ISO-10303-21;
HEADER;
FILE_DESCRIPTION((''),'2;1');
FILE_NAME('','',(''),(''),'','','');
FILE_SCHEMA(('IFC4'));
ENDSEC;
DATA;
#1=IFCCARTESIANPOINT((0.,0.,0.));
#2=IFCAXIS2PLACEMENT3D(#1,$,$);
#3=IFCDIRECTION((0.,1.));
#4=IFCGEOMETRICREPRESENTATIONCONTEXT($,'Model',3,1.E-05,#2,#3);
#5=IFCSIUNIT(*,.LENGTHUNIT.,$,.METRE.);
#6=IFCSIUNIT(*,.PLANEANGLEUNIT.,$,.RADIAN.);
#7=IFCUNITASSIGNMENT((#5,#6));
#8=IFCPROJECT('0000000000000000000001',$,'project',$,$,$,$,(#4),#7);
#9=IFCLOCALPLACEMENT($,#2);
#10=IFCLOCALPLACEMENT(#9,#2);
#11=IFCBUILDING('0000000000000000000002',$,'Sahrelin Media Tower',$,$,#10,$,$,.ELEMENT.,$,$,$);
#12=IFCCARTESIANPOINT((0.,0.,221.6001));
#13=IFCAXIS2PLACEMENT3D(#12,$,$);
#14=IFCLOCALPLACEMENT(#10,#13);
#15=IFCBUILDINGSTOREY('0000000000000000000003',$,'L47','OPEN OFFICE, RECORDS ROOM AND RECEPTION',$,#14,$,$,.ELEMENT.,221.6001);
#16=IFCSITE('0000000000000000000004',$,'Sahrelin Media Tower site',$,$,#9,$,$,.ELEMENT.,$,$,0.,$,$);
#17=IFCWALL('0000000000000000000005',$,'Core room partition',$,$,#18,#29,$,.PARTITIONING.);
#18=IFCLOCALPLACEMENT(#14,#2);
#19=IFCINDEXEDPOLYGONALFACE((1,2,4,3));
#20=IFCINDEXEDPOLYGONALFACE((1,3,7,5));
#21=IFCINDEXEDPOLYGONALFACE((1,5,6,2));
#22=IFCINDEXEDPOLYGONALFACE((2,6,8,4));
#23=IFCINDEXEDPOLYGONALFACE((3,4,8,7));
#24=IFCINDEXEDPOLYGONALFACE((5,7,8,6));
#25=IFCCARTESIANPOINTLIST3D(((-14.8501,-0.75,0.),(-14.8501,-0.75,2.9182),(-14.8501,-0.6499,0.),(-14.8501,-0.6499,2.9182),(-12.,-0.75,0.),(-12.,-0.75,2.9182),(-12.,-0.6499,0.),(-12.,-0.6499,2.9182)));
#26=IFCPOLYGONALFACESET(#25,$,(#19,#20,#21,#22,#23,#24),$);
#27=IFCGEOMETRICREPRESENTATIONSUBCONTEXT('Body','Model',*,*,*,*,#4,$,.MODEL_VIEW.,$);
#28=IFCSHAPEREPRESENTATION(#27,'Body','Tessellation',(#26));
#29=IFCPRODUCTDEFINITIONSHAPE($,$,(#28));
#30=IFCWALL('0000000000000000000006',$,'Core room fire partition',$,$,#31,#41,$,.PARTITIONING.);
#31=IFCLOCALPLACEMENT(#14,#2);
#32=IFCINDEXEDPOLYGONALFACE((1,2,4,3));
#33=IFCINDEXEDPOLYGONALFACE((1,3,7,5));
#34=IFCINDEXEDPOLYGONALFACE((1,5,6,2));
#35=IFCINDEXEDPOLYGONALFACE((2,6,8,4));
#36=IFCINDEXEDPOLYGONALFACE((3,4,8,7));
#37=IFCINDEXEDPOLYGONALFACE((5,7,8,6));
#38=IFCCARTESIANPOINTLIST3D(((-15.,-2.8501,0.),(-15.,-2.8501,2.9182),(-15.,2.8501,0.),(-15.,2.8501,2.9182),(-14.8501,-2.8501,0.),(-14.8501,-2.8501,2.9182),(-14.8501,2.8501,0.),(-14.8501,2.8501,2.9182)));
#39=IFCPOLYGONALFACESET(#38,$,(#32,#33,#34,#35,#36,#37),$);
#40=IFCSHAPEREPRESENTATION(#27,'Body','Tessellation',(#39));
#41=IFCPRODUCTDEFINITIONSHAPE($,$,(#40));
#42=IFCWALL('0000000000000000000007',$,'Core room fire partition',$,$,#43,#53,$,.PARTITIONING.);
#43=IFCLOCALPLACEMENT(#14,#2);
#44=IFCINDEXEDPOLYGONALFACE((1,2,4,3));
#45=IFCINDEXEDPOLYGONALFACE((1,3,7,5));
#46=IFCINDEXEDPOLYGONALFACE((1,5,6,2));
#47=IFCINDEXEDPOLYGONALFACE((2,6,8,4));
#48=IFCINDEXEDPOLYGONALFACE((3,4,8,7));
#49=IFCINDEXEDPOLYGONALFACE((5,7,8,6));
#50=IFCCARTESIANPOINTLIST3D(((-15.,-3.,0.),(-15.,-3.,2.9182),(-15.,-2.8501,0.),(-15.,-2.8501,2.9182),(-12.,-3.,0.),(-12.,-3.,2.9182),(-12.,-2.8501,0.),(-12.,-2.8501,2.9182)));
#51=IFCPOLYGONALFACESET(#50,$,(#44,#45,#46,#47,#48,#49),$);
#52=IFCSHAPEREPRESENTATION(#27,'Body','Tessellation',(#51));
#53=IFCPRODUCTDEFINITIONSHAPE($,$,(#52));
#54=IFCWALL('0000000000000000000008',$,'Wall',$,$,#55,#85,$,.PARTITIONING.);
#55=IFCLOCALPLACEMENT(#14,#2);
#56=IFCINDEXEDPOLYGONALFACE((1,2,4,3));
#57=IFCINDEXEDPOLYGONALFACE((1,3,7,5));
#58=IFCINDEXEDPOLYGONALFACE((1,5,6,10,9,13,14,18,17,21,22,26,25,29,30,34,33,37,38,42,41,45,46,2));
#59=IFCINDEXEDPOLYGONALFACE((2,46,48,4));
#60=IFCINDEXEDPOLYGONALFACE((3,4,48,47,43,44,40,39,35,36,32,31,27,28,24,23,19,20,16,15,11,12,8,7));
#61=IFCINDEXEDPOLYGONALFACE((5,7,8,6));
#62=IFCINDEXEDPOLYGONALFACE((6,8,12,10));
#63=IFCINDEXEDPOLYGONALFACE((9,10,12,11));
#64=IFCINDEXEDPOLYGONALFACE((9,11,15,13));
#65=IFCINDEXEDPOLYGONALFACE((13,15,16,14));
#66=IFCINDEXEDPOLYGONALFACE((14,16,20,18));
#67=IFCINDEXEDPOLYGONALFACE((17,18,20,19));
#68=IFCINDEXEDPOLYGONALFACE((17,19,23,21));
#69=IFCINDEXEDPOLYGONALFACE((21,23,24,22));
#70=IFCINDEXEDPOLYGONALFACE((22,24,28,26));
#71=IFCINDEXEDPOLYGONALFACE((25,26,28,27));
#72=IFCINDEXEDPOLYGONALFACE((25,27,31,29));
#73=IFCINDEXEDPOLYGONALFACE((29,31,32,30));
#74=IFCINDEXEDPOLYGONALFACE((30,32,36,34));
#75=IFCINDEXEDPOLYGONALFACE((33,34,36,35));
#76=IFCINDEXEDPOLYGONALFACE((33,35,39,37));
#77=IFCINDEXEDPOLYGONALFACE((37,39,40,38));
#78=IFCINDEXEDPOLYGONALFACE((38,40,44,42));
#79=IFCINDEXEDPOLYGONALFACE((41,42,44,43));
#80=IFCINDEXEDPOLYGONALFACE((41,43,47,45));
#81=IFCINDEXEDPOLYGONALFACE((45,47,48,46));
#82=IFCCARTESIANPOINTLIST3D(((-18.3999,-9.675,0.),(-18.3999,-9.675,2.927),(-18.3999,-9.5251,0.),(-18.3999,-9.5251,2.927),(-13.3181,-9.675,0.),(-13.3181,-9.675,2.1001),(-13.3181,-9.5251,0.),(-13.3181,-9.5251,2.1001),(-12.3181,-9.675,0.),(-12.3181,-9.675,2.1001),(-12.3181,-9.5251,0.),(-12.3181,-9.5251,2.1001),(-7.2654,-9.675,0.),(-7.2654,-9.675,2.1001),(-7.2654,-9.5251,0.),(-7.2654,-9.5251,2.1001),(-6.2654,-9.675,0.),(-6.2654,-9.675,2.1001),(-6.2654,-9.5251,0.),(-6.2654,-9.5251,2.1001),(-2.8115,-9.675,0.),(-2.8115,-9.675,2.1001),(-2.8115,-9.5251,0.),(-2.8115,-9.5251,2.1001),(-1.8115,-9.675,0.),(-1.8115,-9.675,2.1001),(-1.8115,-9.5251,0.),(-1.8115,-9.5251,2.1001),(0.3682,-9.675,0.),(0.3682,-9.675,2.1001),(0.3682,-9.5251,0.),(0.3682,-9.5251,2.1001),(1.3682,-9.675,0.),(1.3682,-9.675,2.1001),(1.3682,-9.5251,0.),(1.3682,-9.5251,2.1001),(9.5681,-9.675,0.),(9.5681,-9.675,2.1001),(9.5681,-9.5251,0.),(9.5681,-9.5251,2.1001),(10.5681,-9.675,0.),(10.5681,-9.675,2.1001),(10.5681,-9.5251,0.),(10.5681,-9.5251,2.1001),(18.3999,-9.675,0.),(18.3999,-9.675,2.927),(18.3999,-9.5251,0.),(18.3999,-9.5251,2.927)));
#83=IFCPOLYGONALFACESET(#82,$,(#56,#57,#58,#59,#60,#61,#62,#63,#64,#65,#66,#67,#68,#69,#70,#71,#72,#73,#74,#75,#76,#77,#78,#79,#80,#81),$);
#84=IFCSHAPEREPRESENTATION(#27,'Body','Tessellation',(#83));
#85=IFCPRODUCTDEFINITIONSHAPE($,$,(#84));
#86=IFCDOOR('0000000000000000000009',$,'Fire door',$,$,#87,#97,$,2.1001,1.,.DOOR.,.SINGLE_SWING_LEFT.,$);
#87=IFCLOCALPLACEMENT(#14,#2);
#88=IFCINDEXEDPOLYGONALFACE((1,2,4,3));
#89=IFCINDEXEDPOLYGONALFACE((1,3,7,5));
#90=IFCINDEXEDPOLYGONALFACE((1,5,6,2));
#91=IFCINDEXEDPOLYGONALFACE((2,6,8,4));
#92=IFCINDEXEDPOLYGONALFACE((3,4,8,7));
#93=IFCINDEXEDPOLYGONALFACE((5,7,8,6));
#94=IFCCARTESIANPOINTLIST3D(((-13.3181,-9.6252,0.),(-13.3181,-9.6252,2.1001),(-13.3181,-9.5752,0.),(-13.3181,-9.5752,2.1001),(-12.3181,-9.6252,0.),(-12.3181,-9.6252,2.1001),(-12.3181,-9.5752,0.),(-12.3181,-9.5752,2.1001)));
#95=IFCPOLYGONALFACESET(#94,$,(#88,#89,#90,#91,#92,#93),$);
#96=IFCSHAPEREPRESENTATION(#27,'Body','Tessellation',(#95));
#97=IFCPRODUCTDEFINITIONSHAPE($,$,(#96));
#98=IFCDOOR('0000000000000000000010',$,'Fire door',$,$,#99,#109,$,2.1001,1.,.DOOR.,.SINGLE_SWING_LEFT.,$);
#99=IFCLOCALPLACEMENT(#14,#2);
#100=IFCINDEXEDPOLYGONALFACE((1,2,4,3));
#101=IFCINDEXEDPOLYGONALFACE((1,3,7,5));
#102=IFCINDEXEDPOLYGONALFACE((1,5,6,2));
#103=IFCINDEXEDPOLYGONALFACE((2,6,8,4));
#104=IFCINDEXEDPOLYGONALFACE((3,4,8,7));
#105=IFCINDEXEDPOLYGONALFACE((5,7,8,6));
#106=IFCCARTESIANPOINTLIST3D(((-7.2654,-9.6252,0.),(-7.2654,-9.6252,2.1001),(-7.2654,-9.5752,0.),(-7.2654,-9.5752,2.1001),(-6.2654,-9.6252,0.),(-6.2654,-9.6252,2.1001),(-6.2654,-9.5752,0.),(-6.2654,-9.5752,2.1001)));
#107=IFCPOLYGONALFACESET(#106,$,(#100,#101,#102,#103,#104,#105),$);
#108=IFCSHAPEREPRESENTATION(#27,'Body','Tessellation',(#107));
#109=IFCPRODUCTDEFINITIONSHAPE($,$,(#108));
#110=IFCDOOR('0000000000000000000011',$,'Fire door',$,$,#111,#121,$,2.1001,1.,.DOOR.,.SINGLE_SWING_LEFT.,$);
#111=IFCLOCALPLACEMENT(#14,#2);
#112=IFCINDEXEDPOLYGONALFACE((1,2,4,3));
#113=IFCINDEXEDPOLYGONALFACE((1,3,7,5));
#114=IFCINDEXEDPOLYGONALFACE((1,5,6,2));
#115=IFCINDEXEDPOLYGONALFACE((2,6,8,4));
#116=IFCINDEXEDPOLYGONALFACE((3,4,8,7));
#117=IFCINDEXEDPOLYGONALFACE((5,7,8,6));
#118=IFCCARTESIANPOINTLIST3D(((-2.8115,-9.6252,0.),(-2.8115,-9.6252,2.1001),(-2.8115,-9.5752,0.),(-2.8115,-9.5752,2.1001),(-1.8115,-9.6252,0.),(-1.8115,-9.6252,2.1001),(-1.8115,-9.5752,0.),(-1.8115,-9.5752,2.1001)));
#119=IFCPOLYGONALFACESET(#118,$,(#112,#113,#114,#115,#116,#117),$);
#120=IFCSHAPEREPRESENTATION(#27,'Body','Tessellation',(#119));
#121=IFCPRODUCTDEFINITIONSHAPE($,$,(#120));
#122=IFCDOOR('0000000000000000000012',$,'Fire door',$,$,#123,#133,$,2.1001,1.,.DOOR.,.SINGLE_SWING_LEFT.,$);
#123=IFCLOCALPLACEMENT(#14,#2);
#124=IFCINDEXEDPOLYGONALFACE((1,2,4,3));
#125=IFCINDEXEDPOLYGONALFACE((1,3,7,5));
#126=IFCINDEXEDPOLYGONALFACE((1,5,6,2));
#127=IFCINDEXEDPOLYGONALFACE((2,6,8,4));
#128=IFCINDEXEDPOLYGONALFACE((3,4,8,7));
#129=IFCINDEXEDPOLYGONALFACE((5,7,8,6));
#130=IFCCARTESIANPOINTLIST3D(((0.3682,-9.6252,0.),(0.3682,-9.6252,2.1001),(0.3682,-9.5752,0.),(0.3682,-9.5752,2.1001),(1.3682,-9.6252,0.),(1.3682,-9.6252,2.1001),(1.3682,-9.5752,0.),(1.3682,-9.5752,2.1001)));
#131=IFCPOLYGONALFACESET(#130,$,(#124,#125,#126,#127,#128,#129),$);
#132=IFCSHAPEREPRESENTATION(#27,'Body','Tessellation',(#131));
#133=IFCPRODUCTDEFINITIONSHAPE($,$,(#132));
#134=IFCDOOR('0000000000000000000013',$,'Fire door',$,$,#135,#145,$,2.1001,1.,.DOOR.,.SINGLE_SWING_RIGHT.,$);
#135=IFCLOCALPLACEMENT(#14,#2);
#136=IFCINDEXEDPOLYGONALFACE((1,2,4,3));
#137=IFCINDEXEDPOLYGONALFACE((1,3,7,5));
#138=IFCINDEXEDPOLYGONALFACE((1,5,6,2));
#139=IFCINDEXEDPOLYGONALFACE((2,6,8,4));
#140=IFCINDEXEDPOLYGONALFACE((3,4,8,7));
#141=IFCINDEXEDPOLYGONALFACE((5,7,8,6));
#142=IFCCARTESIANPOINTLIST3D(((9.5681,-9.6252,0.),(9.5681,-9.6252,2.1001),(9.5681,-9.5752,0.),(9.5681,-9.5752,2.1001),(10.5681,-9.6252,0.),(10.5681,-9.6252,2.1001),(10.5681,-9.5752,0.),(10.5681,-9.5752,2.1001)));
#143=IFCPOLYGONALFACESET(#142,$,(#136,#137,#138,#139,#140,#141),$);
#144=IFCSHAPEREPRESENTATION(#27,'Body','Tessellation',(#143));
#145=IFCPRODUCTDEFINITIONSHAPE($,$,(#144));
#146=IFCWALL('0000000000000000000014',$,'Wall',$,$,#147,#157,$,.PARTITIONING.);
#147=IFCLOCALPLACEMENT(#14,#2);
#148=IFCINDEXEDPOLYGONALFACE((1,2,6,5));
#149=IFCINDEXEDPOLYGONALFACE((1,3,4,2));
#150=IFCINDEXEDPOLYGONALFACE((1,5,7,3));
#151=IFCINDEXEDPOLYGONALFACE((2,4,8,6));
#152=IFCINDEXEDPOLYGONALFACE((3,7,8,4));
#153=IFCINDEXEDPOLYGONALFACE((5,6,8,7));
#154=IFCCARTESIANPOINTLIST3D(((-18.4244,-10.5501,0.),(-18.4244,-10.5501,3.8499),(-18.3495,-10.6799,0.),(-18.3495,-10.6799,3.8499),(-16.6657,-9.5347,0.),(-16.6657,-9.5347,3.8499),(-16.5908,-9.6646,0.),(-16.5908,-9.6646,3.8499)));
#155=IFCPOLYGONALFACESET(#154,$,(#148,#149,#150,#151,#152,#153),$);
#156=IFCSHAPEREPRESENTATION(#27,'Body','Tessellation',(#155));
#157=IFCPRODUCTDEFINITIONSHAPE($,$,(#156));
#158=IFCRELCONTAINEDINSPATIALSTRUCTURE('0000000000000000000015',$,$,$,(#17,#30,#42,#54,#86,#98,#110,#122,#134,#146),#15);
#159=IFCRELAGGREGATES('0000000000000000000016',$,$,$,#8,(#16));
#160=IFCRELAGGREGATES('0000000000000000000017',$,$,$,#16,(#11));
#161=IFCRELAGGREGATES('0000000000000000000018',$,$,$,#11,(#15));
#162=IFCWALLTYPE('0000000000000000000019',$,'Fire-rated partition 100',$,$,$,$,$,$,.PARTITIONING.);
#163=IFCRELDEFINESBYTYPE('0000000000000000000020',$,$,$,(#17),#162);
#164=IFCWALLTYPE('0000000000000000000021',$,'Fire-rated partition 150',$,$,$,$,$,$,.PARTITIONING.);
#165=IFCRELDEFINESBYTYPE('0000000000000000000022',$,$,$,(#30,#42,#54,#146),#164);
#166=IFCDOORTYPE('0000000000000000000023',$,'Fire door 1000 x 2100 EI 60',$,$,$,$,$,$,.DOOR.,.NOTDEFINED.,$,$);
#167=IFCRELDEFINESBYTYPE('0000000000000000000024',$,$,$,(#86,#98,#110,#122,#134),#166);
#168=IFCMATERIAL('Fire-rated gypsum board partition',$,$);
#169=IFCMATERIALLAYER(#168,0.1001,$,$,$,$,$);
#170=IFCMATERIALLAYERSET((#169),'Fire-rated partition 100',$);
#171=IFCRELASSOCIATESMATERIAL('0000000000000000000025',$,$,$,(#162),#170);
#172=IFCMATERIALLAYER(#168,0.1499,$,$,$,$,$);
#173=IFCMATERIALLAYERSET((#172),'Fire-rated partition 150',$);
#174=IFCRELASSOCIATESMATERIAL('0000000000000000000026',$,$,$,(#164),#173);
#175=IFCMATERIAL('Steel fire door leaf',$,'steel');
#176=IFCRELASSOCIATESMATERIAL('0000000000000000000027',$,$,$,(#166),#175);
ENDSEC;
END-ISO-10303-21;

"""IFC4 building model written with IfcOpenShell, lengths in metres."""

from ifc_helpers import new_model, si_unit, direction, frame, frame_2d, origin, place, context, subcontext, project, spatial, rectangle, extrude, material, layer, layer_set, type_object, element, fill, save


model = new_model("IFC4")

# Units and contexts
model_context = context("Model", 3, precision=1e-05, world=origin(), true_north=direction((0.0, 1.0)))
body_context = subcontext(model_context, "Body", "Model", "MODEL_VIEW")
ifc_project = project(units=[si_unit("LENGTHUNIT", "METRE"), si_unit("PLANEANGLEUNIT", "RADIAN")], contexts=[model_context])

# Site, building, storey
site_placement = place(None, origin())
site = spatial("IfcSite", under=ifc_project, at=site_placement, Name="Sahrelin Media Tower site", CompositionType="ELEMENT", RefElevation=0.0)
building_placement = place(site_placement, origin())
building = spatial("IfcBuilding", under=site, at=building_placement, Name="Sahrelin Media Tower", CompositionType="ELEMENT")
storey_placement = place(building_placement, frame((0.0, 0.0, 221.6001)))
storey = spatial("IfcBuildingStorey", under=building, at=storey_placement, Name="L47", Description="OPEN OFFICE, RECORDS ROOM AND RECEPTION", CompositionType="ELEMENT", Elevation=221.6001)

# Walls
ifc_material_1 = material(Name="Fire-rated gypsum board partition")
ifc_layer_1 = layer(ifc_material_1, 0.1001)
ifc_layer_set_1 = layer_set([ifc_layer_1], Name="Fire-rated partition 100")
wall_type_1 = type_object("IfcWallType", Name="Fire-rated partition 100", PredefinedType="PARTITIONING", material=ifc_layer_set_1)
wall_1_placement = place(storey_placement, frame((-14.8501, -0.7, 0.0), z_axis=(0.0, 0.0, 1.0), x_axis=(1.0, 0.0, 0.0)))
element("IfcWall", 1, at=wall_1_placement, inside=storey, type_object=wall_type_1, Name="Core room partition", PredefinedType="PARTITIONING", context=body_context, shape_type="SweptSolid", body=[
    extrude(rectangle(XDim=2.8501, YDim=0.1001, at=frame_2d((1.425, 0.0))), origin(), (0.0, 0.0, 1.0), 2.9182),
])
ifc_layer_2 = layer(ifc_material_1, 0.1499)
ifc_layer_set_2 = layer_set([ifc_layer_2], Name="Fire-rated partition 150")
wall_type_2 = type_object("IfcWallType", Name="Fire-rated partition 150", PredefinedType="PARTITIONING", material=ifc_layer_set_2)
wall_2_placement = place(storey_placement, frame((-14.925, -2.8501, 0.0), z_axis=(0.0, 0.0, 1.0), x_axis=(0.0, 1.0, 0.0)))
element("IfcWall", 2, at=wall_2_placement, inside=storey, type_object=wall_type_2, Name="Core room fire partition", PredefinedType="PARTITIONING", context=body_context, shape_type="SweptSolid", body=[
    extrude(rectangle(XDim=5.7002, YDim=0.1499, at=frame_2d((2.8501, 0.0))), origin(), (0.0, 0.0, 1.0), 2.9182),
])
wall_3_placement = place(storey_placement, frame((-15.0, -2.925, 0.0), z_axis=(0.0, 0.0, 1.0), x_axis=(1.0, 0.0, 0.0)))
element("IfcWall", 3, at=wall_3_placement, inside=storey, type_object=wall_type_2, Name="Core room fire partition", PredefinedType="PARTITIONING", context=body_context, shape_type="SweptSolid", body=[
    extrude(rectangle(XDim=3.0, YDim=0.1499, at=frame_2d((1.5, 0.0))), origin(), (0.0, 0.0, 1.0), 2.9182),
])

# Wall, openings, doors
wall_4_placement = place(storey_placement, frame((-18.3999, -9.6001, 0.0), z_axis=(0.0, 0.0, 1.0), x_axis=(1.0, 0.0, 0.0)))
wall_4 = element("IfcWall", 4, at=wall_4_placement, inside=storey, type_object=wall_type_2, Name="Wall", PredefinedType="PARTITIONING", context=body_context, shape_type="SweptSolid", body=[
    extrude(rectangle(XDim=36.7998, YDim=0.1499, at=frame_2d((18.3999, 0.0))), origin(), (0.0, 0.0, 1.0), 2.927),
])
opening_1_placement = place(wall_4_placement, frame((5.0818, 0.0, 0.0)))
opening_1 = element("IfcOpeningElement", 5, at=opening_1_placement, cuts=wall_4, PredefinedType="OPENING", context=body_context, shape_type="SweptSolid", body=[
    extrude(rectangle(XDim=1.0, YDim=2.1001, at=frame_2d((0.5, 1.05))), frame((0.0, 0.075, 0.0), z_axis=(0.0, -1.0, 0.0), x_axis=(1.0, 0.0, 0.0)), (0.0, 0.0, 1.0), 0.1499),
])
opening_2_placement = place(wall_4_placement, frame((11.1345, 0.0, 0.0)))
opening_2 = element("IfcOpeningElement", 6, at=opening_2_placement, cuts=wall_4, PredefinedType="OPENING", context=body_context, shape_type="SweptSolid", body=[
    extrude(rectangle(XDim=1.0, YDim=2.1001, at=frame_2d((0.5, 1.05))), frame((0.0, 0.075, 0.0), z_axis=(0.0, -1.0, 0.0), x_axis=(1.0, 0.0, 0.0)), (0.0, 0.0, 1.0), 0.1499),
])
opening_3_placement = place(wall_4_placement, frame((15.5884, 0.0, 0.0)))
opening_3 = element("IfcOpeningElement", 7, at=opening_3_placement, cuts=wall_4, PredefinedType="OPENING", context=body_context, shape_type="SweptSolid", body=[
    extrude(rectangle(XDim=1.0, YDim=2.1001, at=frame_2d((0.5, 1.05))), frame((0.0, 0.075, 0.0), z_axis=(0.0, -1.0, 0.0), x_axis=(1.0, 0.0, 0.0)), (0.0, 0.0, 1.0), 0.1499),
])
opening_4_placement = place(wall_4_placement, frame((18.7681, 0.0, 0.0)))
opening_4 = element("IfcOpeningElement", 8, at=opening_4_placement, cuts=wall_4, PredefinedType="OPENING", context=body_context, shape_type="SweptSolid", body=[
    extrude(rectangle(XDim=1.0, YDim=2.1001, at=frame_2d((0.5, 1.05))), frame((0.0, 0.075, 0.0), z_axis=(0.0, -1.0, 0.0), x_axis=(1.0, 0.0, 0.0)), (0.0, 0.0, 1.0), 0.1499),
])
opening_5_placement = place(wall_4_placement, frame((27.968, 0.0, 0.0)))
opening_5 = element("IfcOpeningElement", 9, at=opening_5_placement, cuts=wall_4, PredefinedType="OPENING", context=body_context, shape_type="SweptSolid", body=[
    extrude(rectangle(XDim=1.0, YDim=2.1001, at=frame_2d((0.5, 1.05))), frame((0.0, 0.075, 0.0), z_axis=(0.0, -1.0, 0.0), x_axis=(1.0, 0.0, 0.0)), (0.0, 0.0, 1.0), 0.1499),
])
ifc_material_2 = material(Name="Steel fire door leaf", Category="steel")
door_type_1 = type_object("IfcDoorType", Name="Fire door 1000 x 2100 EI 60", OperationType="NOTDEFINED", PredefinedType="DOOR", material=ifc_material_2)
door_1_placement = place(opening_1_placement, origin())
door_1 = element("IfcDoor", 10, at=door_1_placement, inside=storey, type_object=door_type_1, Name="Fire door", OperationType="SINGLE_SWING_LEFT", OverallHeight=2.1001, OverallWidth=1.0, PredefinedType="DOOR", context=body_context, shape_type="SweptSolid", body=[
    extrude(rectangle(XDim=1.0, YDim=2.1001, at=frame_2d((0.5, 1.05))), frame((0.0, 0.0249, 0.0), z_axis=(0.0, -1.0, 0.0), x_axis=(1.0, 0.0, 0.0)), (0.0, 0.0, 1.0), 0.05),
])
fill(opening_1, door_1)
door_2_placement = place(opening_2_placement, origin())
door_2 = element("IfcDoor", 11, at=door_2_placement, inside=storey, type_object=door_type_1, Name="Fire door", OperationType="SINGLE_SWING_LEFT", OverallHeight=2.1001, OverallWidth=1.0, PredefinedType="DOOR", context=body_context, shape_type="SweptSolid", body=[
    extrude(rectangle(XDim=1.0, YDim=2.1001, at=frame_2d((0.5, 1.05))), frame((0.0, 0.0249, 0.0), z_axis=(0.0, -1.0, 0.0), x_axis=(1.0, 0.0, 0.0)), (0.0, 0.0, 1.0), 0.05),
])
fill(opening_2, door_2)
door_3_placement = place(opening_3_placement, origin())
door_3 = element("IfcDoor", 12, at=door_3_placement, inside=storey, type_object=door_type_1, Name="Fire door", OperationType="SINGLE_SWING_LEFT", OverallHeight=2.1001, OverallWidth=1.0, PredefinedType="DOOR", context=body_context, shape_type="SweptSolid", body=[
    extrude(rectangle(XDim=1.0, YDim=2.1001, at=frame_2d((0.5, 1.05))), frame((0.0, 0.0249, 0.0), z_axis=(0.0, -1.0, 0.0), x_axis=(1.0, 0.0, 0.0)), (0.0, 0.0, 1.0), 0.05),
])
fill(opening_3, door_3)
door_4_placement = place(opening_4_placement, origin())
door_4 = element("IfcDoor", 13, at=door_4_placement, inside=storey, type_object=door_type_1, Name="Fire door", OperationType="SINGLE_SWING_LEFT", OverallHeight=2.1001, OverallWidth=1.0, PredefinedType="DOOR", context=body_context, shape_type="SweptSolid", body=[
    extrude(rectangle(XDim=1.0, YDim=2.1001, at=frame_2d((0.5, 1.05))), frame((0.0, 0.0249, 0.0), z_axis=(0.0, -1.0, 0.0), x_axis=(1.0, 0.0, 0.0)), (0.0, 0.0, 1.0), 0.05),
])
fill(opening_4, door_4)
door_5_placement = place(opening_5_placement, origin())
door_5 = element("IfcDoor", 14, at=door_5_placement, inside=storey, type_object=door_type_1, Name="Fire door", OperationType="SINGLE_SWING_RIGHT", OverallHeight=2.1001, OverallWidth=1.0, PredefinedType="DOOR", context=body_context, shape_type="SweptSolid", body=[
    extrude(rectangle(XDim=1.0, YDim=2.1001, at=frame_2d((0.5, 1.05))), frame((0.0, 0.0249, 0.0), z_axis=(0.0, -1.0, 0.0), x_axis=(1.0, 0.0, 0.0)), (0.0, 0.0, 1.0), 0.05),
])
fill(opening_5, door_5)

# Wall
wall_5_placement = place(storey_placement, frame((-18.387, -10.615, 0.0), z_axis=(0.0, 0.0, 1.0), x_axis=(0.866037, 0.499979, 0.0)))
element("IfcWall", 15, at=wall_5_placement, inside=storey, type_object=wall_type_2, Name="Wall", PredefinedType="PARTITIONING", context=body_context, shape_type="SweptSolid", body=[
    extrude(rectangle(XDim=2.0308, YDim=0.1499, at=frame_2d((1.0154, 0.0))), origin(), (0.0, 0.0, 1.0), 3.8499),
])

save(model, "model.ifc")
